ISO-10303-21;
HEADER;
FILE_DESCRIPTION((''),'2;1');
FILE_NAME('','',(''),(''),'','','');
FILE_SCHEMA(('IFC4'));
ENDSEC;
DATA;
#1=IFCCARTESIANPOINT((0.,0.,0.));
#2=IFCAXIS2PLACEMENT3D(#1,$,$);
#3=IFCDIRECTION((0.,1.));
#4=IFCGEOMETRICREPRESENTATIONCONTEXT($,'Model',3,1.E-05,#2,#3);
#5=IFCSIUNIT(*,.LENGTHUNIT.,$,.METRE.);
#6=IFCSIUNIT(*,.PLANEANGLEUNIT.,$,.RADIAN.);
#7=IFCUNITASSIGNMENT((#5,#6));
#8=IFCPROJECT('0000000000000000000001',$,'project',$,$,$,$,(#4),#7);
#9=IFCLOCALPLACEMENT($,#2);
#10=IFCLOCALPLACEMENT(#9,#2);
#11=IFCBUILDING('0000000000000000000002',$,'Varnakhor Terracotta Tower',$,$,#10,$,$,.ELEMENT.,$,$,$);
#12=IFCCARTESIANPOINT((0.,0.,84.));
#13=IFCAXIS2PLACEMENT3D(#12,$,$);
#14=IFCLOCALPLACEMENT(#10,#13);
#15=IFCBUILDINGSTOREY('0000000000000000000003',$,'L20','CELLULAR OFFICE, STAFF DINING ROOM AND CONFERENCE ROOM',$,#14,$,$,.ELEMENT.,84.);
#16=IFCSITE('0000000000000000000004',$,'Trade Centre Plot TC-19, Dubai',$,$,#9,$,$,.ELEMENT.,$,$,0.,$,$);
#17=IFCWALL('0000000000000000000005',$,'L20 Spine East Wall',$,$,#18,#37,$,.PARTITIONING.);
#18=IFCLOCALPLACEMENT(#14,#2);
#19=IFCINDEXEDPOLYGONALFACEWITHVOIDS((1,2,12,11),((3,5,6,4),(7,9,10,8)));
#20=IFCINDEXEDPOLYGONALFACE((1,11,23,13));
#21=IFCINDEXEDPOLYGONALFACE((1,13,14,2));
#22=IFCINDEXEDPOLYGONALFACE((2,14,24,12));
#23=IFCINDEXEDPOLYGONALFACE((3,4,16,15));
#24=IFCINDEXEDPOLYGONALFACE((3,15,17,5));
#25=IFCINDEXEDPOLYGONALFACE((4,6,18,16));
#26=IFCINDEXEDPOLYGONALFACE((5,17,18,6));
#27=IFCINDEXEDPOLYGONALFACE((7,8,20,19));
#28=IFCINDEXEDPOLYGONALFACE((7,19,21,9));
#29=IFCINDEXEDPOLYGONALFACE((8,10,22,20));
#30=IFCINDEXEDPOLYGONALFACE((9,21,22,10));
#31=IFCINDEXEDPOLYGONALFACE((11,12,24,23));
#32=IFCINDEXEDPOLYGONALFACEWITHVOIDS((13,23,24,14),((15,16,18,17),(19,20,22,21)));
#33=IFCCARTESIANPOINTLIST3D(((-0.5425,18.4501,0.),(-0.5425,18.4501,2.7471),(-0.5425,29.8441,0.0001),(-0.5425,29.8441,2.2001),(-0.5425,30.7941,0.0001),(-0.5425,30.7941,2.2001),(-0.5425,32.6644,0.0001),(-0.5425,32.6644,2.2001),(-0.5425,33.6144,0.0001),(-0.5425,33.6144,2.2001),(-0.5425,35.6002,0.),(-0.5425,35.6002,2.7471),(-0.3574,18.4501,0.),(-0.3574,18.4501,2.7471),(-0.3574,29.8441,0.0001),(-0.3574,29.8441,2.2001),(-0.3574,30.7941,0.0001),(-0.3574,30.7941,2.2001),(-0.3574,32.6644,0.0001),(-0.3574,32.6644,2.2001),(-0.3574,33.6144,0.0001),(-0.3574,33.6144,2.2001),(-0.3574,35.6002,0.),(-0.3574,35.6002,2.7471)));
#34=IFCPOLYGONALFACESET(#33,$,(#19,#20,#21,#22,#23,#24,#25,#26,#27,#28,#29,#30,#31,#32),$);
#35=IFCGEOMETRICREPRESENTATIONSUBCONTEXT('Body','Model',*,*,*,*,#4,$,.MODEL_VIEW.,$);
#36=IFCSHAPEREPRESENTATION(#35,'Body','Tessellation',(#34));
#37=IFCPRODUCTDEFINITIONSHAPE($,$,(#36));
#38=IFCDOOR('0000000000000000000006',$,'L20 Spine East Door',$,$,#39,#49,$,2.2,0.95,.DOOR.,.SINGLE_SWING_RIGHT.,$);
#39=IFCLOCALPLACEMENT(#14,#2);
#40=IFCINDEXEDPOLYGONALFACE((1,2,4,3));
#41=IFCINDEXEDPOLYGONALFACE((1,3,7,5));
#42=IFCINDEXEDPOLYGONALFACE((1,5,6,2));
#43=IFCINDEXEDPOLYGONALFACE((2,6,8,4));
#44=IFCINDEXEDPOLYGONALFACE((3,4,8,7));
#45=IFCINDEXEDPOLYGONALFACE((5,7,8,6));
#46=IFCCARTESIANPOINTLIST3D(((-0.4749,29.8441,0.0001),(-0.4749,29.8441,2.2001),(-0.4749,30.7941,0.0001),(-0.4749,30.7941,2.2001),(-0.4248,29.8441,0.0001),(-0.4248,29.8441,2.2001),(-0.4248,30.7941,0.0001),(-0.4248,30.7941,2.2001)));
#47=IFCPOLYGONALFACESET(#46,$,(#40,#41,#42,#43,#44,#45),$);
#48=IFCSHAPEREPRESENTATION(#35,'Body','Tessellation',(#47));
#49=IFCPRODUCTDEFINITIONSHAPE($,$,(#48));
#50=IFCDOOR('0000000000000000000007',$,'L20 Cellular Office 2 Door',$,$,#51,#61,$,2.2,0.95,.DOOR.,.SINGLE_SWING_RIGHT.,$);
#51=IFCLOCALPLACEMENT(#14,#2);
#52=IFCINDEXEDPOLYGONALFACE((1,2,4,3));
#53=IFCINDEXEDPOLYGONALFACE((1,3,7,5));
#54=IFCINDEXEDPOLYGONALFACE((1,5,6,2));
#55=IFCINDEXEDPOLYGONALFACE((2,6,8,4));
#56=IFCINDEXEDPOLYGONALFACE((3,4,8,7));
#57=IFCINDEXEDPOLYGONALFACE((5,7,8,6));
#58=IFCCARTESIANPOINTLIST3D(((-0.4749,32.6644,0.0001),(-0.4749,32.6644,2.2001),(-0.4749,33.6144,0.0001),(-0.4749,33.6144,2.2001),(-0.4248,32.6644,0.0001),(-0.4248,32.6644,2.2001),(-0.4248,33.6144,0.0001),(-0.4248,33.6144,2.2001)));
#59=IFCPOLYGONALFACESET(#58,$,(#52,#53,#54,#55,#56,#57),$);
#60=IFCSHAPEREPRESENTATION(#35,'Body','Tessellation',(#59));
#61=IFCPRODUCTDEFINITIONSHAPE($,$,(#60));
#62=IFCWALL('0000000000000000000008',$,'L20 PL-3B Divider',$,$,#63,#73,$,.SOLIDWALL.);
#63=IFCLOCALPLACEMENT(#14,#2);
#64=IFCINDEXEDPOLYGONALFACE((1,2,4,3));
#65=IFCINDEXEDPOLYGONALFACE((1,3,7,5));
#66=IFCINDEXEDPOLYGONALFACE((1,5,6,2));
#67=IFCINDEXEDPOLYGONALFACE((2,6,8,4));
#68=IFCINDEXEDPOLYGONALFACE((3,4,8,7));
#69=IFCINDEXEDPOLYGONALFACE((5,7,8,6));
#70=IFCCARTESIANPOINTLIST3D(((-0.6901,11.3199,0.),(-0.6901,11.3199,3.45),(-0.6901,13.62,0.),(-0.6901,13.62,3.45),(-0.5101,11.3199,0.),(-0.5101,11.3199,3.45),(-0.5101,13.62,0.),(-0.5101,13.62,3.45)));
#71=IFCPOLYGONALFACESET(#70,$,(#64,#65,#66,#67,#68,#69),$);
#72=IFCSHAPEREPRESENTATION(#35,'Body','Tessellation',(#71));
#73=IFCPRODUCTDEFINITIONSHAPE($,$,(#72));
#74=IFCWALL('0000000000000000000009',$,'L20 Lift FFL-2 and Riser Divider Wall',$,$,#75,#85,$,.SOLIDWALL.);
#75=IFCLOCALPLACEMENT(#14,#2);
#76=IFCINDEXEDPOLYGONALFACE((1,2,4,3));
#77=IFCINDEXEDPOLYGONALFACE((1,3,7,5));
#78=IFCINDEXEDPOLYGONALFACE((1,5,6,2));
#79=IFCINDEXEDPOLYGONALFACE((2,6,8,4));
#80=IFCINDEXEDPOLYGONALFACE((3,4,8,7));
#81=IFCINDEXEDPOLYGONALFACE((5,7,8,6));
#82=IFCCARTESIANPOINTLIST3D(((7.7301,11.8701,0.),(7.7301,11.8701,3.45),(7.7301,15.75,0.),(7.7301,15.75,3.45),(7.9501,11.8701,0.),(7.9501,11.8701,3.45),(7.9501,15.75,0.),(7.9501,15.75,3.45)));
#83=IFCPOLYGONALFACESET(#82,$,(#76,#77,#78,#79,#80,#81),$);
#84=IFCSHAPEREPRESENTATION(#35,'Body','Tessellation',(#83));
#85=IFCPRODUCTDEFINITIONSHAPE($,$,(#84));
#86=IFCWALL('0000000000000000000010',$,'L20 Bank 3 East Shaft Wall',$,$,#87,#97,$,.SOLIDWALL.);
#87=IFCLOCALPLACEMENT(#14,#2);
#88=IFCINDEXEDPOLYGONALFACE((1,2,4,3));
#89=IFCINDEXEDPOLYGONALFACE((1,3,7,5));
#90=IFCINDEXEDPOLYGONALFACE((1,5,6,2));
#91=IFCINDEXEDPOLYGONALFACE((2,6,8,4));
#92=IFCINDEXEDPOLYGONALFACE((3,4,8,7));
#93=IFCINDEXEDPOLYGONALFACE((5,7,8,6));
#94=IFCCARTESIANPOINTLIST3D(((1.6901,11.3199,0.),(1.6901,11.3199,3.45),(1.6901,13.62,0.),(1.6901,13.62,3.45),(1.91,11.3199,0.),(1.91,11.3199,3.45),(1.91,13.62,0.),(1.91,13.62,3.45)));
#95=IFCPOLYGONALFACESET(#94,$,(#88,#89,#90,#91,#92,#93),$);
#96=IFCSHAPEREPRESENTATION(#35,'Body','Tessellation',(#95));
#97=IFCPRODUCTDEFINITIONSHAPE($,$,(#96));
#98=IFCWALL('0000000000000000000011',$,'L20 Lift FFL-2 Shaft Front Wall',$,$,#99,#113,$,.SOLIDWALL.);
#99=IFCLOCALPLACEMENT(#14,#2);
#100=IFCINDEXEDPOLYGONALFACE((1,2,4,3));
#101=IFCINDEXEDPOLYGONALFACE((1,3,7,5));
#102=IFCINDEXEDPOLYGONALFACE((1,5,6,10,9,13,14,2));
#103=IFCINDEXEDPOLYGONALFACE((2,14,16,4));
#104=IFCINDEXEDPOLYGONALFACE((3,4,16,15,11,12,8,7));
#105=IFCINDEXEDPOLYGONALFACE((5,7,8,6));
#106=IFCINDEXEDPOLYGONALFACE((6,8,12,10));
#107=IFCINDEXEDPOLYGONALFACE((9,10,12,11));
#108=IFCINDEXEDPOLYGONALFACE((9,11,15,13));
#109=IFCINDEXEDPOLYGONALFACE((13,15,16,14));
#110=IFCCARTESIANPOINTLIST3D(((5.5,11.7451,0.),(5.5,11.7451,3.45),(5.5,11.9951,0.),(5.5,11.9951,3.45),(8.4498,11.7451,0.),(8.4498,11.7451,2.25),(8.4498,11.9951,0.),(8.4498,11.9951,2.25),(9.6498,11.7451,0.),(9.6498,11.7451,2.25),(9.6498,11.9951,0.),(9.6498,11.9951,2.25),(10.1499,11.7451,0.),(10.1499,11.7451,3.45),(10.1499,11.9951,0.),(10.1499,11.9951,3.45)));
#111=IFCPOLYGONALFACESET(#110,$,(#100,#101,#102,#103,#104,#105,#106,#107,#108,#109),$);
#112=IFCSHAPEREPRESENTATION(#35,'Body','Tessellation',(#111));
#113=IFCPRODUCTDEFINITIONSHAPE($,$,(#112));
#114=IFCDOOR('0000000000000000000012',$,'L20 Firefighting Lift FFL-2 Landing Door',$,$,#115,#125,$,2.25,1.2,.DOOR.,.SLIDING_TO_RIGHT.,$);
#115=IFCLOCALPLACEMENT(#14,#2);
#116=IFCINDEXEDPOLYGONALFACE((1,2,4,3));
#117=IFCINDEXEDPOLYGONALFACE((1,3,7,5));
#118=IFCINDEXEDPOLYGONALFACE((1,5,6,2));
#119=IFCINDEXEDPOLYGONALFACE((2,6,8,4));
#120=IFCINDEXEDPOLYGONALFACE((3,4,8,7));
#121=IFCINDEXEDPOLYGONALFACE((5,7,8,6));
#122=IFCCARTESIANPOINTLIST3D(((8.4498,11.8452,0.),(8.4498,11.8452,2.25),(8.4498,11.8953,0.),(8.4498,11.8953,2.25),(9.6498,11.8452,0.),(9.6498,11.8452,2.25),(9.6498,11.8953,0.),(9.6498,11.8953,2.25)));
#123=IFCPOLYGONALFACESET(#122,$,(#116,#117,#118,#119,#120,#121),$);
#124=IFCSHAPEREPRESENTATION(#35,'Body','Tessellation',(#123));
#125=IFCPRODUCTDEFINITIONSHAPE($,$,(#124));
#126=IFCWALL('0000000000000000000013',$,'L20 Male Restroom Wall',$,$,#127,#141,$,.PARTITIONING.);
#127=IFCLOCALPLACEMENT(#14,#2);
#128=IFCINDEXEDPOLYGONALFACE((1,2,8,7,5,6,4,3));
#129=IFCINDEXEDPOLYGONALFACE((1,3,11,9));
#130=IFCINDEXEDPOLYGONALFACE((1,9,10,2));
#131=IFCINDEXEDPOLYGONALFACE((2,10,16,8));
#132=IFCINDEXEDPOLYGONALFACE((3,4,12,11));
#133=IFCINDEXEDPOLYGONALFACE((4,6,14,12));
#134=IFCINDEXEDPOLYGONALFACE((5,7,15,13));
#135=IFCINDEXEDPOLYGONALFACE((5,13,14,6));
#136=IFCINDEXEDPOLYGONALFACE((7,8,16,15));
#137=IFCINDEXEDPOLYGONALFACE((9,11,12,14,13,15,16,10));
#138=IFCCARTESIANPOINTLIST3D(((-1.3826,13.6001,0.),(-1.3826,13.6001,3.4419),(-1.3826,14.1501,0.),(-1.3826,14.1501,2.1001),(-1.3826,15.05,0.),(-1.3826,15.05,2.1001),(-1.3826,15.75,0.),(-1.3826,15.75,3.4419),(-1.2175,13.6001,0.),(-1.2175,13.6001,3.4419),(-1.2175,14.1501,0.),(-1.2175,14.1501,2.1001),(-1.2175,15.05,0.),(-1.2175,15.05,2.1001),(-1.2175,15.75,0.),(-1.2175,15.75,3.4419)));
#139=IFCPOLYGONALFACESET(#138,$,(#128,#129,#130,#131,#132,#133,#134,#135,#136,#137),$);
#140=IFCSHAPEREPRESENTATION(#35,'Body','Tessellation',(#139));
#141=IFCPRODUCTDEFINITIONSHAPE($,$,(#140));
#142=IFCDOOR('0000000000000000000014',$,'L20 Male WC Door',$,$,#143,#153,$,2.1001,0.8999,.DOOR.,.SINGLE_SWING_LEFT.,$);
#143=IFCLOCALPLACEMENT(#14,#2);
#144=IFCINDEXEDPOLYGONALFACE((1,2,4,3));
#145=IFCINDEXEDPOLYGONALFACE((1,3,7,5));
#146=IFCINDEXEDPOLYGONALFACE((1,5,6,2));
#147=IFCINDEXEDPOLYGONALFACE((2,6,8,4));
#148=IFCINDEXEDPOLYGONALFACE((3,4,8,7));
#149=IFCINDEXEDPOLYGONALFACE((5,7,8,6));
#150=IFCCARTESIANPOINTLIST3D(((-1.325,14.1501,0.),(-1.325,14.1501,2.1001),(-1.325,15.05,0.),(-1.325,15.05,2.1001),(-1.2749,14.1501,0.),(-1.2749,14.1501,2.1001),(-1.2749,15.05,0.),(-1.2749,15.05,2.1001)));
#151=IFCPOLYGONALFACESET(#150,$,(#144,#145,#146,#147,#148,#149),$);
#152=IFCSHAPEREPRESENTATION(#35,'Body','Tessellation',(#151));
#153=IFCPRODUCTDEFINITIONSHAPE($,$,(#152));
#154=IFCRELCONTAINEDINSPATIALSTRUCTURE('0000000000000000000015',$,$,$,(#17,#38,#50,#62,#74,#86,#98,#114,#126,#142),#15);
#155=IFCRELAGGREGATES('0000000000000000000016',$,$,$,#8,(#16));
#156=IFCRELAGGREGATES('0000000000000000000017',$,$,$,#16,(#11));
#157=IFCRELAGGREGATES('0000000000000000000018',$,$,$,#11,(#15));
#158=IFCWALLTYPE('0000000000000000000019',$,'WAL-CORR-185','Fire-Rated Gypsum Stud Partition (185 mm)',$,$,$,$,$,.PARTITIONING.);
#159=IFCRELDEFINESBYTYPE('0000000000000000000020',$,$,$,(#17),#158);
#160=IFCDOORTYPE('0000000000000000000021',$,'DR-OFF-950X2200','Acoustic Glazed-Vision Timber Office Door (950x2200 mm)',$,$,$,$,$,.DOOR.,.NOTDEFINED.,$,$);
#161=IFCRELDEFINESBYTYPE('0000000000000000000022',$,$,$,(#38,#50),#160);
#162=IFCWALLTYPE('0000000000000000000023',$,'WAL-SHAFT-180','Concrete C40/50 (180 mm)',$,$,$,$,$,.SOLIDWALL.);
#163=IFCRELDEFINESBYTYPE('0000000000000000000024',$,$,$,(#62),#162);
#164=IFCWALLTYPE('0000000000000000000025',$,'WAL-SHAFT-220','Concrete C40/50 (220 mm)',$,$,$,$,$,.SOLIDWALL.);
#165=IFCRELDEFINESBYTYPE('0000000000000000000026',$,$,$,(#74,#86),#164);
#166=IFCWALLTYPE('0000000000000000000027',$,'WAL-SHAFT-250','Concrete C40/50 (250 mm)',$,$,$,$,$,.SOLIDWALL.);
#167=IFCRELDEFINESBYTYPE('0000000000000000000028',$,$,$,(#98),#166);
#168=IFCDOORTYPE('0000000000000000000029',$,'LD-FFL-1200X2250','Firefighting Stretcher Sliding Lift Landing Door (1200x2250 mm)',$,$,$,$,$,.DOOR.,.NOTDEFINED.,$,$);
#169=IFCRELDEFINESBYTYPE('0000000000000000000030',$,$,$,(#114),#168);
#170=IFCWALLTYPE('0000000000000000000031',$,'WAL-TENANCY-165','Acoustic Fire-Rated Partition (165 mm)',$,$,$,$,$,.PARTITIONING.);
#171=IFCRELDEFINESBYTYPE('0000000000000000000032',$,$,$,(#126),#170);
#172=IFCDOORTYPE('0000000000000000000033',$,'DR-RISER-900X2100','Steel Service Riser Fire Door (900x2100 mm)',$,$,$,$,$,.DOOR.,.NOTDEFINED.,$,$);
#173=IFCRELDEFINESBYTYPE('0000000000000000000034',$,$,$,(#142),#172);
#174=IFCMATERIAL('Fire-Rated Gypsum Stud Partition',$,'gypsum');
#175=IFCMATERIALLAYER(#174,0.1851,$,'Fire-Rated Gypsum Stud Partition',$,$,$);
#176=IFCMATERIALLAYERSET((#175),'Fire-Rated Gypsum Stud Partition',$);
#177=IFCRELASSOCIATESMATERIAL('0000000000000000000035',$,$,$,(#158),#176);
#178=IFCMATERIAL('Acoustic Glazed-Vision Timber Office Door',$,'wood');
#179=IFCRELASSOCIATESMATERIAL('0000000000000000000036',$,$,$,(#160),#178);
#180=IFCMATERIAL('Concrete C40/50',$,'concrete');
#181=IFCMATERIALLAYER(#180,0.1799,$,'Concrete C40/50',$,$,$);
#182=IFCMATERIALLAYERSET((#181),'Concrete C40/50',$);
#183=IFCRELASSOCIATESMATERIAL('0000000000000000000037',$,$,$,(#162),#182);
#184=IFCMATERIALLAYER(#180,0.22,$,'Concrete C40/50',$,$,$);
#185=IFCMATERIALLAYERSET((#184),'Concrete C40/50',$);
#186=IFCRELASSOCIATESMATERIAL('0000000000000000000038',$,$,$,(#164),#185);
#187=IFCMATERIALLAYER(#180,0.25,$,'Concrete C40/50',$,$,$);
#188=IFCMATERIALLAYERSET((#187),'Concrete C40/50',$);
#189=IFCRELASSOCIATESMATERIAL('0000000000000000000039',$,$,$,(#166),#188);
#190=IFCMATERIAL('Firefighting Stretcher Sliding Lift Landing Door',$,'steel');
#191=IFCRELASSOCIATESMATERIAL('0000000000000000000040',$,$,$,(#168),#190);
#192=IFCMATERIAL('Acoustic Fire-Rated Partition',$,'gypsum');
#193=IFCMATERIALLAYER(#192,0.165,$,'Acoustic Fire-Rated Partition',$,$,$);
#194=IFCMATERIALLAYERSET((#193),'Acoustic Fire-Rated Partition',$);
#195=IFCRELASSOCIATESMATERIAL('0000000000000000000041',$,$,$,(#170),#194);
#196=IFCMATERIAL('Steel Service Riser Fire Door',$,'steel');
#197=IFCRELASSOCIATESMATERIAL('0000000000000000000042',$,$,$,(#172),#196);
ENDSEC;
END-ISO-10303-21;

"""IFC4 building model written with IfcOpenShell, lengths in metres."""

from ifc_helpers import new_model, si_unit, direction, frame, frame_2d, origin, place, context, subcontext, project, spatial, rectangle, extrude, source, transform, mapped, material, layer, layer_set, type_object, type_shapes, element, fill, save


model = new_model("IFC4")

# Units and contexts
model_context = context("Model", 3, precision=1e-05, world=origin(), true_north=direction((0.0, 1.0)))
body_context = subcontext(model_context, "Body", "Model", "MODEL_VIEW")
ifc_project = project(units=[si_unit("LENGTHUNIT", "METRE"), si_unit("PLANEANGLEUNIT", "RADIAN")], contexts=[model_context])

# Site, building, storey
site_placement = place(None, origin())
site = spatial("IfcSite", under=ifc_project, at=site_placement, Name="Trade Centre Plot TC-19, Dubai", CompositionType="ELEMENT", RefElevation=0.0)
building_placement = place(site_placement, origin())
building = spatial("IfcBuilding", under=site, at=building_placement, Name="Varnakhor Terracotta Tower", CompositionType="ELEMENT")
storey_placement = place(building_placement, frame((0.0, 0.0, 84.0)))
storey = spatial("IfcBuildingStorey", under=building, at=storey_placement, Name="L20", Description="CELLULAR OFFICE, STAFF DINING ROOM AND CONFERENCE ROOM", CompositionType="ELEMENT", Elevation=84.0)

# Shared definitions
ifc_material_1 = material(Name="Fire-Rated Gypsum Stud Partition", Category="gypsum")
ifc_layer_1 = layer(ifc_material_1, 0.1851, Name="Fire-Rated Gypsum Stud Partition")
ifc_layer_set_1 = layer_set([ifc_layer_1], Name="Fire-Rated Gypsum Stud Partition")
wall_type_1 = type_object("IfcWallType", Name="WAL-CORR-185", Description="Fire-Rated Gypsum Stud Partition (185 mm)", PredefinedType="PARTITIONING", material=ifc_layer_set_1)
ifc_material_2 = material(Name="Acoustic Glazed-Vision Timber Office Door", Category="wood")
door_type_1 = type_object("IfcDoorType", Name="DR-OFF-950X2200", Description="Acoustic Glazed-Vision Timber Office Door (950x2200 mm)", OperationType="NOTDEFINED", PredefinedType="DOOR", material=ifc_material_2)
shared_shape_1 = source(origin(), body_context, "Body", "SweptSolid", [
    extrude(rectangle(XDim=0.95, YDim=2.2, at=frame_2d((0.4751, 1.1001))), frame((0.0, 0.0249, 0.0), z_axis=(0.0, -1.0, 0.0), x_axis=(1.0, 0.0, 0.0)), (0.0, 0.0, 1.0), 0.05),
])
type_shapes(door_type_1, [shared_shape_1])

# Wall, openings, doors
wall_1_placement = place(storey_placement, frame((-0.45, 18.45, 0.0), z_axis=(0.0, 0.0, 1.0), x_axis=(0.0, 1.0, 0.0)))
wall_1 = element("IfcWall", 1, at=wall_1_placement, inside=storey, type_object=wall_type_1, Name="L20 Spine East Wall", PredefinedType="PARTITIONING", context=body_context, shape_type="SweptSolid", body=[
    extrude(rectangle(XDim=17.1501, YDim=0.1851, at=frame_2d((8.5752, 0.0))), origin(), (0.0, 0.0, 1.0), 2.7471),
])
opening_1_placement = place(wall_1_placement, frame((11.394, 0.0, 0.0)))
opening_1 = element("IfcOpeningElement", 2, at=opening_1_placement, cuts=wall_1, PredefinedType="OPENING", context=body_context, shape_type="SweptSolid", body=[
    extrude(rectangle(XDim=0.95, YDim=2.2, at=frame_2d((0.4751, 1.1001))), frame((0.0, 0.1025, 0.0), z_axis=(0.0, -1.0, 0.0), x_axis=(1.0, 0.0, 0.0)), (0.0, 0.0, 1.0), 0.2051),
])
opening_2_placement = place(wall_1_placement, frame((14.2144, 0.0, 0.0)))
opening_2 = element("IfcOpeningElement", 3, at=opening_2_placement, cuts=wall_1, PredefinedType="OPENING", context=body_context, shape_type="SweptSolid", body=[
    extrude(rectangle(XDim=0.95, YDim=2.2, at=frame_2d((0.4751, 1.1001))), frame((0.0, 0.1025, 0.0), z_axis=(0.0, -1.0, 0.0), x_axis=(1.0, 0.0, 0.0)), (0.0, 0.0, 1.0), 0.2051),
])
door_1_placement = place(opening_1_placement, origin())
door_1 = element("IfcDoor", 4, at=door_1_placement, inside=storey, type_object=door_type_1, Name="L20 Spine East Door", OperationType="SINGLE_SWING_RIGHT", OverallHeight=2.2, OverallWidth=0.95, PredefinedType="DOOR", context=body_context, shape_type="MappedRepresentation", body=[
    mapped(shared_shape_1, transform((0.0, 0.0, 0.0), scale=1.0)),
])
fill(opening_1, door_1)
door_2_placement = place(opening_2_placement, origin())
door_2 = element("IfcDoor", 5, at=door_2_placement, inside=storey, type_object=door_type_1, Name="L20 Cellular Office 2 Door", OperationType="SINGLE_SWING_RIGHT", OverallHeight=2.2, OverallWidth=0.95, PredefinedType="DOOR", context=body_context, shape_type="MappedRepresentation", body=[
    mapped(shared_shape_1, transform((0.0, 0.0, 0.0), scale=1.0)),
])
fill(opening_2, door_2)

# Walls
ifc_material_3 = material(Name="Concrete C40/50", Category="concrete")
ifc_layer_2 = layer(ifc_material_3, 0.1799, Name="Concrete C40/50")
ifc_layer_set_2 = layer_set([ifc_layer_2], Name="Concrete C40/50")
wall_type_2 = type_object("IfcWallType", Name="WAL-SHAFT-180", Description="Concrete C40/50 (180 mm)", PredefinedType="SOLIDWALL", material=ifc_layer_set_2)
wall_2_placement = place(storey_placement, frame((-0.6001, 11.3201, 0.0), z_axis=(0.0, 0.0, 1.0), x_axis=(0.0, 1.0, 0.0)))
element("IfcWall", 6, at=wall_2_placement, inside=storey, type_object=wall_type_2, Name="L20 PL-3B Divider", PredefinedType="SOLIDWALL", context=body_context, shape_type="SweptSolid", body=[
    extrude(rectangle(XDim=2.3, YDim=0.1799, at=frame_2d((1.1499, 0.0))), origin(), (0.0, 0.0, 1.0), 3.45),
])
ifc_layer_3 = layer(ifc_material_3, 0.22, Name="Concrete C40/50")
ifc_layer_set_3 = layer_set([ifc_layer_3], Name="Concrete C40/50")
wall_type_3 = type_object("IfcWallType", Name="WAL-SHAFT-220", Description="Concrete C40/50 (220 mm)", PredefinedType="SOLIDWALL", material=ifc_layer_set_3)
wall_3_placement = place(storey_placement, frame((7.8401, 11.8701, 0.0), z_axis=(0.0, 0.0, 1.0), x_axis=(0.0, 1.0, 0.0)))
element("IfcWall", 7, at=wall_3_placement, inside=storey, type_object=wall_type_3, Name="L20 Lift FFL-2 and Riser Divider Wall", PredefinedType="SOLIDWALL", context=body_context, shape_type="SweptSolid", body=[
    extrude(rectangle(XDim=3.8799, YDim=0.22, at=frame_2d((1.9399, 0.0))), origin(), (0.0, 0.0, 1.0), 3.45),
])
wall_4_placement = place(storey_placement, frame((1.8, 11.3201, 0.0), z_axis=(0.0, 0.0, 1.0), x_axis=(0.0, 1.0, 0.0)))
element("IfcWall", 8, at=wall_4_placement, inside=storey, type_object=wall_type_3, Name="L20 Bank 3 East Shaft Wall", PredefinedType="SOLIDWALL", context=body_context, shape_type="SweptSolid", body=[
    extrude(rectangle(XDim=2.3, YDim=0.22, at=frame_2d((1.1499, 0.0))), origin(), (0.0, 0.0, 1.0), 3.45),
])

# Walls, openings, doors
ifc_layer_4 = layer(ifc_material_3, 0.25, Name="Concrete C40/50")
ifc_layer_set_4 = layer_set([ifc_layer_4], Name="Concrete C40/50")
wall_type_4 = type_object("IfcWallType", Name="WAL-SHAFT-250", Description="Concrete C40/50 (250 mm)", PredefinedType="SOLIDWALL", material=ifc_layer_set_4)
wall_5_placement = place(storey_placement, frame((10.1499, 11.8701, 0.0), z_axis=(0.0, 0.0, 1.0), x_axis=(-1.0, 0.0, 0.0)))
wall_5 = element("IfcWall", 9, at=wall_5_placement, inside=storey, type_object=wall_type_4, Name="L20 Lift FFL-2 Shaft Front Wall", PredefinedType="SOLIDWALL", context=body_context, shape_type="SweptSolid", body=[
    extrude(rectangle(XDim=4.6499, YDim=0.25, at=frame_2d((2.325, 0.0))), origin(), (0.0, 0.0, 1.0), 3.45),
])
opening_3_placement = place(wall_5_placement, frame((0.5, 0.0, 0.0)))
opening_3 = element("IfcOpeningElement", 10, at=opening_3_placement, cuts=wall_5, PredefinedType="OPENING", context=body_context, shape_type="SweptSolid", body=[
    extrude(rectangle(XDim=1.2, YDim=2.25, at=frame_2d((0.6001, 1.125))), frame((0.0, 0.135, 0.0), z_axis=(0.0, -1.0, 0.0), x_axis=(1.0, 0.0, 0.0)), (0.0, 0.0, 1.0), 0.27),
])
ifc_material_4 = material(Name="Firefighting Stretcher Sliding Lift Landing Door", Category="steel")
door_type_2 = type_object("IfcDoorType", Name="LD-FFL-1200X2250", Description="Firefighting Stretcher Sliding Lift Landing Door (1200x2250 mm)", OperationType="NOTDEFINED", PredefinedType="DOOR", material=ifc_material_4)
shared_shape_2 = source(origin(), body_context, "Body", "SweptSolid", [
    extrude(rectangle(XDim=1.2, YDim=2.25, at=frame_2d((0.6001, 1.125))), frame((0.0, 0.0249, 0.0), z_axis=(0.0, -1.0, 0.0), x_axis=(1.0, 0.0, 0.0)), (0.0, 0.0, 1.0), 0.05),
])
type_shapes(door_type_2, [shared_shape_2])
door_3_placement = place(opening_3_placement, origin())
door_3 = element("IfcDoor", 11, at=door_3_placement, inside=storey, type_object=door_type_2, Name="L20 Firefighting Lift FFL-2 Landing Door", OperationType="SLIDING_TO_RIGHT", OverallHeight=2.25, OverallWidth=1.2, PredefinedType="DOOR", context=body_context, shape_type="MappedRepresentation", body=[
    mapped(shared_shape_2, transform((0.0, 0.0, 0.0), scale=1.0)),
])
fill(opening_3, door_3)
ifc_material_5 = material(Name="Acoustic Fire-Rated Partition", Category="gypsum")
ifc_layer_5 = layer(ifc_material_5, 0.165, Name="Acoustic Fire-Rated Partition")
ifc_layer_set_5 = layer_set([ifc_layer_5], Name="Acoustic Fire-Rated Partition")
wall_type_5 = type_object("IfcWallType", Name="WAL-TENANCY-165", Description="Acoustic Fire-Rated Partition (165 mm)", PredefinedType="PARTITIONING", material=ifc_layer_set_5)
wall_6_placement = place(storey_placement, frame((-1.3, 13.6001, 0.0), z_axis=(0.0, 0.0, 1.0), x_axis=(0.0, 1.0, 0.0)))
wall_6 = element("IfcWall", 12, at=wall_6_placement, inside=storey, type_object=wall_type_5, Name="L20 Male Restroom Wall", PredefinedType="PARTITIONING", context=body_context, shape_type="SweptSolid", body=[
    extrude(rectangle(XDim=2.1499, YDim=0.165, at=frame_2d((1.075, 0.0))), origin(), (0.0, 0.0, 1.0), 3.4419),
])
opening_4_placement = place(wall_6_placement, frame((0.55, 0.0, 0.0)))
opening_4 = element("IfcOpeningElement", 13, at=opening_4_placement, cuts=wall_6, PredefinedType="OPENING", context=body_context, shape_type="SweptSolid", body=[
    extrude(rectangle(XDim=0.8999, YDim=2.1001, at=frame_2d((0.45, 1.05))), frame((0.0, 0.0925, 0.0), z_axis=(0.0, -1.0, 0.0), x_axis=(1.0, 0.0, 0.0)), (0.0, 0.0, 1.0), 0.1851),
])
ifc_material_6 = material(Name="Steel Service Riser Fire Door", Category="steel")
door_type_3 = type_object("IfcDoorType", Name="DR-RISER-900X2100", Description="Steel Service Riser Fire Door (900x2100 mm)", OperationType="NOTDEFINED", PredefinedType="DOOR", material=ifc_material_6)
shared_shape_3 = source(origin(), body_context, "Body", "SweptSolid", [
    extrude(rectangle(XDim=0.8999, YDim=2.1001, at=frame_2d((0.45, 1.05))), frame((0.0, 0.0249, 0.0), z_axis=(0.0, -1.0, 0.0), x_axis=(1.0, 0.0, 0.0)), (0.0, 0.0, 1.0), 0.05),
])
type_shapes(door_type_3, [shared_shape_3])
door_4_placement = place(opening_4_placement, origin())
door_4 = element("IfcDoor", 14, at=door_4_placement, inside=storey, type_object=door_type_3, Name="L20 Male WC Door", OperationType="SINGLE_SWING_LEFT", OverallHeight=2.1001, OverallWidth=0.8999, PredefinedType="DOOR", context=body_context, shape_type="MappedRepresentation", body=[
    mapped(shared_shape_3, transform((0.0, 0.0, 0.0), scale=1.0)),
])
fill(opening_4, door_4)

save(model, "model.ifc")
